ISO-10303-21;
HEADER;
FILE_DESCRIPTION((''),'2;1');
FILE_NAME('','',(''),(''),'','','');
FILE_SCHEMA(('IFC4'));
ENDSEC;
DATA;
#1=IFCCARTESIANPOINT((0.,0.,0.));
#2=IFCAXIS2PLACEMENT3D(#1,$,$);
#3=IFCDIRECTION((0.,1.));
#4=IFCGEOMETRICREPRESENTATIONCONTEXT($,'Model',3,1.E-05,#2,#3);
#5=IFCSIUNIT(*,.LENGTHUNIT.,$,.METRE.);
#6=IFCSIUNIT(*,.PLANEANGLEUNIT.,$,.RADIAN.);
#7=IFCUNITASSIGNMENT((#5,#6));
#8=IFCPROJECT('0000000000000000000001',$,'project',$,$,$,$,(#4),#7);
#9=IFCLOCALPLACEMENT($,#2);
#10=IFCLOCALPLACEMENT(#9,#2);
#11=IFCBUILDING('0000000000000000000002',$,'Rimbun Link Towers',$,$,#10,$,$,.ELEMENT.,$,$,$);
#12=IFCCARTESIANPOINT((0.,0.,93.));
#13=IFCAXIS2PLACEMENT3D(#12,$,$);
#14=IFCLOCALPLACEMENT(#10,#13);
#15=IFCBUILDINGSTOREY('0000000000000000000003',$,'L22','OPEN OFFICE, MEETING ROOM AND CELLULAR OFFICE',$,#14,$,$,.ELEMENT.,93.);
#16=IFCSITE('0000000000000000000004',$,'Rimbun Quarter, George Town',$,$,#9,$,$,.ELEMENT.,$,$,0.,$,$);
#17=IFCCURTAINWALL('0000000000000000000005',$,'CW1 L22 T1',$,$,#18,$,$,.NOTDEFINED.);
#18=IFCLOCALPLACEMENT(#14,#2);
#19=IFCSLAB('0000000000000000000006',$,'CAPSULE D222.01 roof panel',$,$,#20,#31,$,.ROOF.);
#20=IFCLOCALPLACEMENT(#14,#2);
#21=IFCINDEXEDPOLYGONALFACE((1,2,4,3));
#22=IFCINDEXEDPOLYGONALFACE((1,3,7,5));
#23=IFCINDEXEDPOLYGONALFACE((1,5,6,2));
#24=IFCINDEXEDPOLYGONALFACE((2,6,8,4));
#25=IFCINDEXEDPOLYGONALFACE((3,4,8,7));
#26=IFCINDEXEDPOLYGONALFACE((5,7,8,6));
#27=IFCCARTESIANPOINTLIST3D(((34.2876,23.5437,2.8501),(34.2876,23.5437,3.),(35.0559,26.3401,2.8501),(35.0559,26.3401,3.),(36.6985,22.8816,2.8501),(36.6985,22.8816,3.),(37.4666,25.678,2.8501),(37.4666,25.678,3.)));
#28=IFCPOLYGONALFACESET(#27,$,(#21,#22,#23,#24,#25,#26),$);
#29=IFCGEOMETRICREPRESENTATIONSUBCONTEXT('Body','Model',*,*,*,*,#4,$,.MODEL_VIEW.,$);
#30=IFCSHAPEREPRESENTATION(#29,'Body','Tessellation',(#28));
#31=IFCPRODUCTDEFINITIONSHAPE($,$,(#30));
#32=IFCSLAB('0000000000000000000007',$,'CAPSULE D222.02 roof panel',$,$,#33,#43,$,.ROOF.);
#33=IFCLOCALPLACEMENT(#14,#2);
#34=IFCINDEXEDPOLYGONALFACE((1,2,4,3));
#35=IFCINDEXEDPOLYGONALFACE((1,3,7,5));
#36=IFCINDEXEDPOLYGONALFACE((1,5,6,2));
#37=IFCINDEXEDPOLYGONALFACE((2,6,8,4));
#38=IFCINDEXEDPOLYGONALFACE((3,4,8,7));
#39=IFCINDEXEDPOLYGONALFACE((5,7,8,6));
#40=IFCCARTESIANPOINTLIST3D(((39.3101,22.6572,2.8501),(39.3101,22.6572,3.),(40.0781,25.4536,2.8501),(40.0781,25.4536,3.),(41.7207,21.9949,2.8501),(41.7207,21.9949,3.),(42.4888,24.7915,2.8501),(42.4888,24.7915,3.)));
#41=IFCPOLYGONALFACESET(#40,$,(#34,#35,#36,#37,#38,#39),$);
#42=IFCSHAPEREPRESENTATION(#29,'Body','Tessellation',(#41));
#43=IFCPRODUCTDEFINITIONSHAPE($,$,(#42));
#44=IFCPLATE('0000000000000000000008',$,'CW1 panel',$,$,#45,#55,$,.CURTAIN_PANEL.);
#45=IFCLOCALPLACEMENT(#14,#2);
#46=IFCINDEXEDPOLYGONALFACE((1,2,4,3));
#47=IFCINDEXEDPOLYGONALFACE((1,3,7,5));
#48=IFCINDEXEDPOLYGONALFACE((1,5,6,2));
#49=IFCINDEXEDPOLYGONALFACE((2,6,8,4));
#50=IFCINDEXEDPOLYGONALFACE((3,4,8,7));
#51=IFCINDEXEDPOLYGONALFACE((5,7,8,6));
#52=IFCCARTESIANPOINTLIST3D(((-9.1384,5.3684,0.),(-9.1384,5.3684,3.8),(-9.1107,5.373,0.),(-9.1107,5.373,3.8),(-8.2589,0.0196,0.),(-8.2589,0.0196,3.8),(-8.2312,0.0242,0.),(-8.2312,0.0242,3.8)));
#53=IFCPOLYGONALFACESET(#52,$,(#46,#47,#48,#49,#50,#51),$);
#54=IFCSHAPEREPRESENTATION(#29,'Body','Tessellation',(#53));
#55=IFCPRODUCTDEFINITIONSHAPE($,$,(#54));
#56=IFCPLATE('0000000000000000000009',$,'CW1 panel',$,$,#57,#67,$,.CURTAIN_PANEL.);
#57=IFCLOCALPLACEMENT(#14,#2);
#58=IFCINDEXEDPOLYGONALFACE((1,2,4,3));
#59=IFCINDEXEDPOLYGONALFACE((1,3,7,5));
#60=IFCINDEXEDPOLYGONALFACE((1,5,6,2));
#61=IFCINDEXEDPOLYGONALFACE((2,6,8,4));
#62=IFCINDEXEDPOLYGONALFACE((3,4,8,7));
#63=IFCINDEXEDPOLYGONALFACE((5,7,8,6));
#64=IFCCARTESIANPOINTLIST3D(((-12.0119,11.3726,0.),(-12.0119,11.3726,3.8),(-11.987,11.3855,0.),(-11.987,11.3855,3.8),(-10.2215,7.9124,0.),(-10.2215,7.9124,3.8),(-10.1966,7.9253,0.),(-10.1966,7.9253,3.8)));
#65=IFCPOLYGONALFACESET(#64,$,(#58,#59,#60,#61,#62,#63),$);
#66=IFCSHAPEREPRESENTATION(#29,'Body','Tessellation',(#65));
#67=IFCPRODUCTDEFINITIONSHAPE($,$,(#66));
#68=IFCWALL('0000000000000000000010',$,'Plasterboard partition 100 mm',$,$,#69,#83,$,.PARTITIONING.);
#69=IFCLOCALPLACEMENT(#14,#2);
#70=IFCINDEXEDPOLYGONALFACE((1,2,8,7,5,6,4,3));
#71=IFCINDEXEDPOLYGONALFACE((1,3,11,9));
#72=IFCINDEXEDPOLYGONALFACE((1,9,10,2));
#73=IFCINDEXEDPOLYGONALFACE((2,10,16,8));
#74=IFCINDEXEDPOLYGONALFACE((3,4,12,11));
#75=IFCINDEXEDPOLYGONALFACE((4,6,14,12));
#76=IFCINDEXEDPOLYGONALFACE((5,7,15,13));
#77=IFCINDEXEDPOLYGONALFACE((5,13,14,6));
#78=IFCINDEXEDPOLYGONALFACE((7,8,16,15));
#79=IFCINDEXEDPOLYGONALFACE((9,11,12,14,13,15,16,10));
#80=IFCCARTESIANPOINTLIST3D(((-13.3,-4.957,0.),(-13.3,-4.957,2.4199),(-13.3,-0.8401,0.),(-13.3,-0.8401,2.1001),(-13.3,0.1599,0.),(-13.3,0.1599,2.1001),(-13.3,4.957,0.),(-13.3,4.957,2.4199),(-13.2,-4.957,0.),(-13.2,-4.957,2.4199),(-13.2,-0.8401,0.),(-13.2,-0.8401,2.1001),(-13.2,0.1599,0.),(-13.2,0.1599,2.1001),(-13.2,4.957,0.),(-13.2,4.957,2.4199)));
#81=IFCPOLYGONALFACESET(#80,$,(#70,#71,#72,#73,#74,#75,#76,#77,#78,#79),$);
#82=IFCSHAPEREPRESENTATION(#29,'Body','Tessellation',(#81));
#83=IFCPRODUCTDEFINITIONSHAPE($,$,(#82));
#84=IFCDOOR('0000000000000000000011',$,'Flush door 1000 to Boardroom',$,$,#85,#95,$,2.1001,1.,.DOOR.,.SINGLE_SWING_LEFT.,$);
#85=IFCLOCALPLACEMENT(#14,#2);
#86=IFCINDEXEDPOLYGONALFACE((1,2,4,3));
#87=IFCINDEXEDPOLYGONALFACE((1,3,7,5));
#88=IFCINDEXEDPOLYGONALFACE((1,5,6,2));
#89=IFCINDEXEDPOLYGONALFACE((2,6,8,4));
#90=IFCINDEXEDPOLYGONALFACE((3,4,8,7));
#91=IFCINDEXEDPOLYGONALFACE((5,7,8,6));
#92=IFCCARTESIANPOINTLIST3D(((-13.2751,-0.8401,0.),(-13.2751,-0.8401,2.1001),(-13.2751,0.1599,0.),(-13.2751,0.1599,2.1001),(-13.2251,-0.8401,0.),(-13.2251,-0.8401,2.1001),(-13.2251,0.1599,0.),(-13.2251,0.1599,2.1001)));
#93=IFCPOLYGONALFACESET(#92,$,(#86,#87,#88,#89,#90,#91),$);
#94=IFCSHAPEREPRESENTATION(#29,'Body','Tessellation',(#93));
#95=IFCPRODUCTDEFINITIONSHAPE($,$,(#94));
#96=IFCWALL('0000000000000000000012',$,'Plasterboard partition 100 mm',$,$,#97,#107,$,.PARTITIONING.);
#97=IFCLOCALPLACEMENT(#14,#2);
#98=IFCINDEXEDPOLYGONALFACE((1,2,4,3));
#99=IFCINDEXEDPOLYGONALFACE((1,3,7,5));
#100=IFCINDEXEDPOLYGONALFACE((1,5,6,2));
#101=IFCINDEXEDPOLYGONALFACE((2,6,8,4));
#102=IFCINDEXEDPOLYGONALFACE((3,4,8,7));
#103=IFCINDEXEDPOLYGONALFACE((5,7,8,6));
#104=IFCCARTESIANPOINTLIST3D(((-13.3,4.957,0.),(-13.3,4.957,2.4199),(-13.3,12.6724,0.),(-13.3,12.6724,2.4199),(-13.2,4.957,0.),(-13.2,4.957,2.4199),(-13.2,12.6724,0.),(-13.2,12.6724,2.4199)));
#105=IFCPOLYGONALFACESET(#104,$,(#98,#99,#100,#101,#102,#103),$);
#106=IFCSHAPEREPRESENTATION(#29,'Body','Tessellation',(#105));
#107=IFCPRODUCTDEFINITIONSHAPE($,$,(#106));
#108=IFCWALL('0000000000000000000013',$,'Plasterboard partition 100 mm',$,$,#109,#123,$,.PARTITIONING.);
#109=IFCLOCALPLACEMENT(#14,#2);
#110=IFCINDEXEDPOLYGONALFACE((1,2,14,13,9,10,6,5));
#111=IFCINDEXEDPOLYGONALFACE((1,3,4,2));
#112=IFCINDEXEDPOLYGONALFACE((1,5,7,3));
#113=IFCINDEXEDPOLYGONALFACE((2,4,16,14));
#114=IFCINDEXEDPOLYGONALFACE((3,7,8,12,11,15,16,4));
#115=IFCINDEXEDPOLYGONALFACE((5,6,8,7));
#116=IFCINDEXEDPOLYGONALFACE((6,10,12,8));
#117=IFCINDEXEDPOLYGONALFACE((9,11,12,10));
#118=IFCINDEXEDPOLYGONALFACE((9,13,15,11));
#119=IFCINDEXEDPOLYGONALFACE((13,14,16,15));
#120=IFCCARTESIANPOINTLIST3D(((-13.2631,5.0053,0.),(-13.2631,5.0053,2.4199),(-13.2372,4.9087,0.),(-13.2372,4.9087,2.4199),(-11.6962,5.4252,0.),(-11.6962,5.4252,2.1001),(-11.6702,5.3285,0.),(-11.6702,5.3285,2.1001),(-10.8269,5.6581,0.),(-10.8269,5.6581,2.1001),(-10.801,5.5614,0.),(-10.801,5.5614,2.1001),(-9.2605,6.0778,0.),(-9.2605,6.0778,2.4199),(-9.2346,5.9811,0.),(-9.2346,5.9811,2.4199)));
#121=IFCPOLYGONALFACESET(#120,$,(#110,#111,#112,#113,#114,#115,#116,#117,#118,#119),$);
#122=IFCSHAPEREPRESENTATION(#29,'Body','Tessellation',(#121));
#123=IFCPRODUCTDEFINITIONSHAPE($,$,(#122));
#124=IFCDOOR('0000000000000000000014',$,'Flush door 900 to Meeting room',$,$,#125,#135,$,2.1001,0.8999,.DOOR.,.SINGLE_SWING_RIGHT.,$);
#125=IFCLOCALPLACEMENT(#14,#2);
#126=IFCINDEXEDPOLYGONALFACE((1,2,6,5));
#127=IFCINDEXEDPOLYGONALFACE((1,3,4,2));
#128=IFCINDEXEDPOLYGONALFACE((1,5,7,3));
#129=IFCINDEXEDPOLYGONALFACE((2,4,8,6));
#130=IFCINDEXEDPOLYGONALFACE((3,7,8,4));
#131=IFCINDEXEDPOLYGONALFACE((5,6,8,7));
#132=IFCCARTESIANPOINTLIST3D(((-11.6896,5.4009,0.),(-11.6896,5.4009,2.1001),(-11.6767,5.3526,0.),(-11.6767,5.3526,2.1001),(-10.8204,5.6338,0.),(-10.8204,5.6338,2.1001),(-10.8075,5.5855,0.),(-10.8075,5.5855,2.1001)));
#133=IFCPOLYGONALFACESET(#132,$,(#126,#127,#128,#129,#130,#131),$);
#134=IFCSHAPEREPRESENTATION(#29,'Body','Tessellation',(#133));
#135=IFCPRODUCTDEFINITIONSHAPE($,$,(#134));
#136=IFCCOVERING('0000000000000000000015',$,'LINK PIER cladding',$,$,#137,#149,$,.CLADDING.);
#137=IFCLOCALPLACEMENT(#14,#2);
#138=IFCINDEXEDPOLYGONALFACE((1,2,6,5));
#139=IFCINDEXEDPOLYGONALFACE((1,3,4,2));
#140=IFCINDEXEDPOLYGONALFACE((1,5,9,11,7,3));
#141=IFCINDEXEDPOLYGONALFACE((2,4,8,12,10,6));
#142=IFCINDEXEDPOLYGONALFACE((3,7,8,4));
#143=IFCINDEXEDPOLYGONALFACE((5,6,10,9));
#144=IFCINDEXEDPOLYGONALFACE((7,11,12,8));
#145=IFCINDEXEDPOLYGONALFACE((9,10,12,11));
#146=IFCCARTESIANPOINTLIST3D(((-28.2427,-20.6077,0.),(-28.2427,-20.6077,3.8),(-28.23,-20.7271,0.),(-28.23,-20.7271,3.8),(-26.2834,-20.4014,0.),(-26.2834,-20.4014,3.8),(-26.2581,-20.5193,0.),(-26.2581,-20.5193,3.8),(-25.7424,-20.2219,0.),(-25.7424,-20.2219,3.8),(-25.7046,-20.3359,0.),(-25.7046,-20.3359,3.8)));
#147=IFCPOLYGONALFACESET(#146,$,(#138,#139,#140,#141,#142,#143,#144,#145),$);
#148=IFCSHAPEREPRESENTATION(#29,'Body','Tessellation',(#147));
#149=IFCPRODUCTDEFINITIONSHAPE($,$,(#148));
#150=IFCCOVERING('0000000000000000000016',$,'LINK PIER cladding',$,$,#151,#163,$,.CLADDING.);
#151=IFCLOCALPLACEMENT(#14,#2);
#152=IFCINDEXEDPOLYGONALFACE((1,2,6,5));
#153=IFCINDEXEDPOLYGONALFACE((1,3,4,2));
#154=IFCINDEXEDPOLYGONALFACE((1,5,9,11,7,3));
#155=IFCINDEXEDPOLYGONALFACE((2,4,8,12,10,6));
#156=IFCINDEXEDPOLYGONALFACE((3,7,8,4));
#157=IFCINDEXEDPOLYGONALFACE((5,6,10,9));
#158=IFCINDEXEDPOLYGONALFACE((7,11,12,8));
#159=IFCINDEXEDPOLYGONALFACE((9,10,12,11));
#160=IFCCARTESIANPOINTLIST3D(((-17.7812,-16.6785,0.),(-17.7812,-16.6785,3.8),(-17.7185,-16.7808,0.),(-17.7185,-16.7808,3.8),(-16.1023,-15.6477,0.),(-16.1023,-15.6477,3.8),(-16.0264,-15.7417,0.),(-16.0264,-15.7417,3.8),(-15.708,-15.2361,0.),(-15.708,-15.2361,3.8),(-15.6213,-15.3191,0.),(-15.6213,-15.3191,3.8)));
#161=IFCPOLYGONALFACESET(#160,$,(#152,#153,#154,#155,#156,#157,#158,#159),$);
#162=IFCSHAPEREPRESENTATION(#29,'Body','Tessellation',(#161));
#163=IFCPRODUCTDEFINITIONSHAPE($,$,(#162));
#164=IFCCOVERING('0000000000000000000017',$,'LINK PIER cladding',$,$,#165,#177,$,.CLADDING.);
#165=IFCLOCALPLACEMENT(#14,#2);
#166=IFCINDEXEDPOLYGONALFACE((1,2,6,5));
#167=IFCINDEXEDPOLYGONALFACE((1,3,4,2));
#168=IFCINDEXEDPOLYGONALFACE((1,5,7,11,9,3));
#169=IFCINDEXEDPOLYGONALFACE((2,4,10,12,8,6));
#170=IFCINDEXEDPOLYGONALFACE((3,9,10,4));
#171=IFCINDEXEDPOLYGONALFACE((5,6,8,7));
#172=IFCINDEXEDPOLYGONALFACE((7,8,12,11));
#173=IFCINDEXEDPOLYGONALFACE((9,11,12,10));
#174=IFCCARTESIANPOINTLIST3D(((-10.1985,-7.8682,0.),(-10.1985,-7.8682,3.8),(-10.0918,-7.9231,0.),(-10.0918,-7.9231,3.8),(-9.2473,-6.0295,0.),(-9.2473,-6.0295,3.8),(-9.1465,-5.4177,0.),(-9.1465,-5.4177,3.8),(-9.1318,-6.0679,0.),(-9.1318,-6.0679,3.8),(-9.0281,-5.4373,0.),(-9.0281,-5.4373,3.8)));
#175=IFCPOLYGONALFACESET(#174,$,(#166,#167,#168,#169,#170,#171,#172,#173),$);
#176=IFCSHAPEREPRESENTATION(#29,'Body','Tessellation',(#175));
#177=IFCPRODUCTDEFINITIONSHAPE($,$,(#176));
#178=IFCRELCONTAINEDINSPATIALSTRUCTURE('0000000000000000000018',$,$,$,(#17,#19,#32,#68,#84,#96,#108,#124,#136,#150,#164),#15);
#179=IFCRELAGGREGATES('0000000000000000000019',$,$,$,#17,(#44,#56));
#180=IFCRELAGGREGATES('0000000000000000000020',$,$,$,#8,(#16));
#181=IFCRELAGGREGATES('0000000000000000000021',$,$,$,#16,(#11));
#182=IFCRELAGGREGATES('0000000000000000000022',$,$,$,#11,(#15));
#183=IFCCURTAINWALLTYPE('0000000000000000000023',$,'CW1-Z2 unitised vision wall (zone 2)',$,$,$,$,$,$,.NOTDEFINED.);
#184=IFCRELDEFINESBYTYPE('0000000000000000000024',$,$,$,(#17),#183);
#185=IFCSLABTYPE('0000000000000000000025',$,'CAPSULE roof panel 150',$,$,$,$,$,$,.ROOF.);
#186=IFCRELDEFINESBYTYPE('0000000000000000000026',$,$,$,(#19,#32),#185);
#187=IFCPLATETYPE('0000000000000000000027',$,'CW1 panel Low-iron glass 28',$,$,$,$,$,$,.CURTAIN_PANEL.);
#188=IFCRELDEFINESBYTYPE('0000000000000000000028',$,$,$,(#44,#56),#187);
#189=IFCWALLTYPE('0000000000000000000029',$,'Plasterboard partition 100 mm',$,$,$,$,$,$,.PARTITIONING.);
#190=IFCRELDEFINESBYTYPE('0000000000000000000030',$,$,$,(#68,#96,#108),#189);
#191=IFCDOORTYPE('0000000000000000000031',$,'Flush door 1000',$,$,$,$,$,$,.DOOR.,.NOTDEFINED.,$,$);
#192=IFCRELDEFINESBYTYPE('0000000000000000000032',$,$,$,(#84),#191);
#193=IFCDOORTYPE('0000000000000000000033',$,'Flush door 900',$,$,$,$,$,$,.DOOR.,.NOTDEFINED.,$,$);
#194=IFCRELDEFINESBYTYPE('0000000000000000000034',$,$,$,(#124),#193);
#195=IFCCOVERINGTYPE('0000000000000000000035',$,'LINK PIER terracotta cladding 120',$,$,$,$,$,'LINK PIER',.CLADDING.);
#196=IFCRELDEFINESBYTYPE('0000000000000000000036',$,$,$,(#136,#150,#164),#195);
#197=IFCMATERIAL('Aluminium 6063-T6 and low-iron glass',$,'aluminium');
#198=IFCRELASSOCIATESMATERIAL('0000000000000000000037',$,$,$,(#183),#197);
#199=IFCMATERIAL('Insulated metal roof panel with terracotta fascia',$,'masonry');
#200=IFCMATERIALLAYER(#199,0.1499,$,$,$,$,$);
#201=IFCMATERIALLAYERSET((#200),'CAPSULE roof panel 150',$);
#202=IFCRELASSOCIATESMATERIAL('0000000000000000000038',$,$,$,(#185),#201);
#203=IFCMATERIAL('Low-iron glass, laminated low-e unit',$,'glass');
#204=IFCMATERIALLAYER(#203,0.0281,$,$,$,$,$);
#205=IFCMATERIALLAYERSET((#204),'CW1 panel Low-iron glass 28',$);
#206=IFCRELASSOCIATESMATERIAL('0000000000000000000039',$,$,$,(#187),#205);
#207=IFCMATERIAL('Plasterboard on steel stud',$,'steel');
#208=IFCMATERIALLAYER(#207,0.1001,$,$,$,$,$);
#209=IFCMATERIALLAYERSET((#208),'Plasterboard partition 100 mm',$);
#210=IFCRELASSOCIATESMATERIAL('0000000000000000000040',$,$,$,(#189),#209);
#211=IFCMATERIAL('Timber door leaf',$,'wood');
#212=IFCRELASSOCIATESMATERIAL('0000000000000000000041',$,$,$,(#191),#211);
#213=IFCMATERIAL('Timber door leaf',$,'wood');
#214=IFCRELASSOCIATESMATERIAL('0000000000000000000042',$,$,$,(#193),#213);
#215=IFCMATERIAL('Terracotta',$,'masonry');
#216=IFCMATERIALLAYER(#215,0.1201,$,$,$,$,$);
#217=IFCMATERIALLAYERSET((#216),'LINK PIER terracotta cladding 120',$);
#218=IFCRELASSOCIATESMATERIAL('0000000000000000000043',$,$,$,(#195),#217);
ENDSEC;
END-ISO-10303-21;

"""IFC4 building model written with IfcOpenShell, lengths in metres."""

from ifc_helpers import new_model, si_unit, direction, frame, frame_2d, origin, origin_2d, place, context, subcontext, project, spatial, polyline, rectangle, outline, extrude, material, layer, layer_set, type_object, element, fill, aggregate, save


model = new_model("IFC4")

# Units and contexts
model_context = context("Model", 3, precision=1e-05, world=origin(), true_north=direction((0.0, 1.0)))
body_context = subcontext(model_context, "Body", "Model", "MODEL_VIEW")
ifc_project = project(units=[si_unit("LENGTHUNIT", "METRE"), si_unit("PLANEANGLEUNIT", "RADIAN")], contexts=[model_context])

# Site, building, storey
site_placement = place(None, origin())
site = spatial("IfcSite", under=ifc_project, at=site_placement, Name="Rimbun Quarter, George Town", CompositionType="ELEMENT", RefElevation=0.0)
building_placement = place(site_placement, origin())
building = spatial("IfcBuilding", under=site, at=building_placement, Name="Rimbun Link Towers", CompositionType="ELEMENT")
storey_placement = place(building_placement, frame((0.0, 0.0, 93.0)))
storey = spatial("IfcBuildingStorey", under=building, at=storey_placement, Name="L22", Description="OPEN OFFICE, MEETING ROOM AND CELLULAR OFFICE", CompositionType="ELEMENT", Elevation=93.0)

# Curtain wall
ifc_material_1 = material(Name="Aluminium 6063-T6 and low-iron glass", Category="aluminium")
curtain_wall_type = type_object("IfcCurtainWallType", Name="CW1-Z2 unitised vision wall (zone 2)", PredefinedType="NOTDEFINED", material=ifc_material_1)
curtain_wall_placement = place(storey_placement, origin())
curtain_wall = element("IfcCurtainWall", 1, at=curtain_wall_placement, inside=storey, type_object=curtain_wall_type, Name="CW1 L22 T1", PredefinedType="NOTDEFINED")

# Slabs
ifc_material_2 = material(Name="Insulated metal roof panel with terracotta fascia", Category="masonry")
ifc_layer_1 = layer(ifc_material_2, 0.1499)
ifc_layer_set_1 = layer_set([ifc_layer_1], Name="CAPSULE roof panel 150")
slab_type_1 = type_object("IfcSlabType", Name="CAPSULE roof panel 150", PredefinedType="ROOF", material=ifc_layer_set_1)
slab_1_placement = place(storey_placement, frame((0.0, 0.0, 2.8501)))
element("IfcSlab", 2, at=slab_1_placement, inside=storey, type_object=slab_type_1, Name="CAPSULE D222.01 roof panel", PredefinedType="ROOF", context=body_context, shape_type="SweptSolid", body=[
    extrude(outline(polyline([(37.4666, 25.678), (35.0559, 26.3401), (34.2876, 23.5437), (36.6985, 22.8816), (37.4666, 25.678)])), origin(), (0.0, 0.0, 1.0), 0.1499),
])
slab_2_placement = place(storey_placement, frame((0.0, 0.0, 2.8501)))
element("IfcSlab", 3, at=slab_2_placement, inside=storey, type_object=slab_type_1, Name="CAPSULE D222.02 roof panel", PredefinedType="ROOF", context=body_context, shape_type="SweptSolid", body=[
    extrude(outline(polyline([(42.4888, 24.7915), (40.0781, 25.4536), (39.3101, 22.6572), (41.7207, 21.9949), (42.4888, 24.7915)])), origin(), (0.0, 0.0, 1.0), 0.1499),
])

# Plates
ifc_material_3 = material(Name="Low-iron glass, laminated low-e unit", Category="glass")
ifc_layer_2 = layer(ifc_material_3, 0.0281)
ifc_layer_set_2 = layer_set([ifc_layer_2], Name="CW1 panel Low-iron glass 28")
plate_type = type_object("IfcPlateType", Name="CW1 panel Low-iron glass 28", PredefinedType="CURTAIN_PANEL", material=ifc_layer_set_2)
plate_1_placement = place(storey_placement, frame((-8.6848, 2.6963, 0.0), z_axis=(0.0, 0.0, 1.0), x_axis=(0.16226, -0.986748, 0.0)))
plate_1 = element("IfcPlate", 4, at=plate_1_placement, type_object=plate_type, Name="CW1 panel", PredefinedType="CURTAIN_PANEL", context=body_context, shape_type="SweptSolid", body=[
    extrude(rectangle(XDim=5.4207, YDim=0.0281, at=origin_2d()), origin(), (0.0, 0.0, 1.0), 3.8),
])
plate_2_placement = place(storey_placement, frame((-11.1042, 9.6489, 0.0), z_axis=(0.0, 0.0, 1.0), x_axis=(0.459556, -0.888149, 0.0)))
plate_2 = element("IfcPlate", 5, at=plate_2_placement, type_object=plate_type, Name="CW1 panel", PredefinedType="CURTAIN_PANEL", context=body_context, shape_type="SweptSolid", body=[
    extrude(rectangle(XDim=3.896, YDim=0.0281, at=origin_2d()), origin(), (0.0, 0.0, 1.0), 3.8),
])
aggregate(curtain_wall, [plate_1, plate_2])

# Wall, opening, door
ifc_material_4 = material(Name="Plasterboard on steel stud", Category="steel")
ifc_layer_3 = layer(ifc_material_4, 0.1001)
ifc_layer_set_3 = layer_set([ifc_layer_3], Name="Plasterboard partition 100 mm")
wall_type = type_object("IfcWallType", Name="Plasterboard partition 100 mm", PredefinedType="PARTITIONING", material=ifc_layer_set_3)
wall_1_placement = place(storey_placement, frame((-13.25, 4.957, 0.0), z_axis=(0.0, 0.0, 1.0), x_axis=(0.0, -1.0, 0.0)))
wall_1 = element("IfcWall", 6, at=wall_1_placement, inside=storey, type_object=wall_type, Name="Plasterboard partition 100 mm", PredefinedType="PARTITIONING", context=body_context, shape_type="SweptSolid", body=[
    extrude(rectangle(XDim=9.9141, YDim=0.1001, at=frame_2d((4.957, 0.0))), origin(), (0.0, 0.0, 1.0), 2.4199),
])
opening_1_placement = place(wall_1_placement, frame((4.7971, 0.0, 0.0)))
opening_1 = element("IfcOpeningElement", 7, at=opening_1_placement, cuts=wall_1, PredefinedType="OPENING", context=body_context, shape_type="SweptSolid", body=[
    extrude(rectangle(XDim=1.0, YDim=2.1001, at=frame_2d((0.5, 1.05))), frame((0.0, 0.0601, 0.0), z_axis=(0.0, -1.0, 0.0), x_axis=(1.0, 0.0, 0.0)), (0.0, 0.0, 1.0), 0.1201),
])
ifc_material_5 = material(Name="Timber door leaf", Category="wood")
door_type_1 = type_object("IfcDoorType", Name="Flush door 1000", OperationType="NOTDEFINED", PredefinedType="DOOR", material=ifc_material_5)
door_1_placement = place(opening_1_placement, origin())
door_1 = element("IfcDoor", 8, at=door_1_placement, inside=storey, type_object=door_type_1, Name="Flush door 1000 to Boardroom", OperationType="SINGLE_SWING_LEFT", OverallHeight=2.1001, OverallWidth=1.0, PredefinedType="DOOR", context=body_context, shape_type="SweptSolid", body=[
    extrude(rectangle(XDim=1.0, YDim=2.1001, at=frame_2d((0.5, 1.05))), frame((0.0, 0.0249, 0.0), z_axis=(0.0, -1.0, 0.0), x_axis=(1.0, 0.0, 0.0)), (0.0, 0.0, 1.0), 0.05),
])
fill(opening_1, door_1)

# Wall
wall_2_placement = place(storey_placement, frame((-13.25, 4.957, 0.0), z_axis=(0.0, 0.0, 1.0), x_axis=(0.0, 1.0, 0.0)))
element("IfcWall", 9, at=wall_2_placement, inside=storey, type_object=wall_type, Name="Plasterboard partition 100 mm", PredefinedType="PARTITIONING", context=body_context, shape_type="SweptSolid", body=[
    extrude(rectangle(XDim=7.7153, YDim=0.1001, at=frame_2d((3.8577, 0.0))), origin(), (0.0, 0.0, 1.0), 2.4199),
])

# Wall, opening, door
wall_3_placement = place(storey_placement, frame((-13.25, 4.957, 0.0), z_axis=(0.0, 0.0, 1.0), x_axis=(0.965926, 0.258818, 0.0)))
wall_3 = element("IfcWall", 10, at=wall_3_placement, inside=storey, type_object=wall_type, Name="Plasterboard partition 100 mm", PredefinedType="PARTITIONING", context=body_context, shape_type="SweptSolid", body=[
    extrude(rectangle(XDim=4.1438, YDim=0.1001, at=frame_2d((2.0718, 0.0))), origin(), (0.0, 0.0, 1.0), 2.4199),
])
opening_2_placement = place(wall_3_placement, frame((1.6221, 0.0, 0.0)))
opening_2 = element("IfcOpeningElement", 11, at=opening_2_placement, cuts=wall_3, PredefinedType="OPENING", context=body_context, shape_type="SweptSolid", body=[
    extrude(rectangle(XDim=0.8999, YDim=2.1001, at=frame_2d((0.45, 1.05))), frame((0.0, 0.0601, 0.0), z_axis=(0.0, -1.0, 0.0), x_axis=(1.0, 0.0, 0.0)), (0.0, 0.0, 1.0), 0.1201),
])
ifc_material_6 = material(Name="Timber door leaf", Category="wood")
door_type_2 = type_object("IfcDoorType", Name="Flush door 900", OperationType="NOTDEFINED", PredefinedType="DOOR", material=ifc_material_6)
door_2_placement = place(opening_2_placement, origin())
door_2 = element("IfcDoor", 12, at=door_2_placement, inside=storey, type_object=door_type_2, Name="Flush door 900 to Meeting room", OperationType="SINGLE_SWING_RIGHT", OverallHeight=2.1001, OverallWidth=0.8999, PredefinedType="DOOR", context=body_context, shape_type="SweptSolid", body=[
    extrude(rectangle(XDim=0.8999, YDim=2.1001, at=frame_2d((0.45, 1.05))), frame((0.0, 0.0249, 0.0), z_axis=(0.0, -1.0, 0.0), x_axis=(1.0, 0.0, 0.0)), (0.0, 0.0, 1.0), 0.05),
])
fill(opening_2, door_2)

# Coverings
ifc_material_7 = material(Name="Terracotta", Category="masonry")
ifc_layer_4 = layer(ifc_material_7, 0.1201)
ifc_layer_set_4 = layer_set([ifc_layer_4], Name="LINK PIER terracotta cladding 120")
covering_type_1 = type_object("IfcCoveringType", Name="LINK PIER terracotta cladding 120", ElementType="LINK PIER", PredefinedType="CLADDING", material=ifc_layer_set_4)
covering_1_placement = place(storey_placement, origin())
element("IfcCovering", 13, at=covering_1_placement, inside=storey, type_object=covering_type_1, Name="LINK PIER cladding", PredefinedType="CLADDING", context=body_context, shape_type="SweptSolid", body=[
    extrude(outline(polyline([(-25.7424, -20.2219), (-26.2834, -20.4014), (-28.2427, -20.6077), (-28.23, -20.7271), (-26.2581, -20.5193), (-25.7046, -20.3359), (-25.7424, -20.2219)])), origin(), (0.0, 0.0, 1.0), 3.8),
])
covering_2_placement = place(storey_placement, origin())
element("IfcCovering", 14, at=covering_2_placement, inside=storey, type_object=covering_type_1, Name="LINK PIER cladding", PredefinedType="CLADDING", context=body_context, shape_type="SweptSolid", body=[
    extrude(outline(polyline([(-15.708, -15.2361), (-16.1023, -15.6477), (-17.7812, -16.6785), (-17.7185, -16.7808), (-16.0264, -15.7417), (-15.6213, -15.3191), (-15.708, -15.2361)])), origin(), (0.0, 0.0, 1.0), 3.8),
])
covering_3_placement = place(storey_placement, origin())
element("IfcCovering", 15, at=covering_3_placement, inside=storey, type_object=covering_type_1, Name="LINK PIER cladding", PredefinedType="CLADDING", context=body_context, shape_type="SweptSolid", body=[
    extrude(outline(polyline([(-9.1465, -5.4177), (-9.2473, -6.0295), (-10.1985, -7.8682), (-10.0918, -7.9231), (-9.1318, -6.0679), (-9.0281, -5.4373), (-9.1465, -5.4177)])), origin(), (0.0, 0.0, 1.0), 3.8),
])

save(model, "model.ifc")
